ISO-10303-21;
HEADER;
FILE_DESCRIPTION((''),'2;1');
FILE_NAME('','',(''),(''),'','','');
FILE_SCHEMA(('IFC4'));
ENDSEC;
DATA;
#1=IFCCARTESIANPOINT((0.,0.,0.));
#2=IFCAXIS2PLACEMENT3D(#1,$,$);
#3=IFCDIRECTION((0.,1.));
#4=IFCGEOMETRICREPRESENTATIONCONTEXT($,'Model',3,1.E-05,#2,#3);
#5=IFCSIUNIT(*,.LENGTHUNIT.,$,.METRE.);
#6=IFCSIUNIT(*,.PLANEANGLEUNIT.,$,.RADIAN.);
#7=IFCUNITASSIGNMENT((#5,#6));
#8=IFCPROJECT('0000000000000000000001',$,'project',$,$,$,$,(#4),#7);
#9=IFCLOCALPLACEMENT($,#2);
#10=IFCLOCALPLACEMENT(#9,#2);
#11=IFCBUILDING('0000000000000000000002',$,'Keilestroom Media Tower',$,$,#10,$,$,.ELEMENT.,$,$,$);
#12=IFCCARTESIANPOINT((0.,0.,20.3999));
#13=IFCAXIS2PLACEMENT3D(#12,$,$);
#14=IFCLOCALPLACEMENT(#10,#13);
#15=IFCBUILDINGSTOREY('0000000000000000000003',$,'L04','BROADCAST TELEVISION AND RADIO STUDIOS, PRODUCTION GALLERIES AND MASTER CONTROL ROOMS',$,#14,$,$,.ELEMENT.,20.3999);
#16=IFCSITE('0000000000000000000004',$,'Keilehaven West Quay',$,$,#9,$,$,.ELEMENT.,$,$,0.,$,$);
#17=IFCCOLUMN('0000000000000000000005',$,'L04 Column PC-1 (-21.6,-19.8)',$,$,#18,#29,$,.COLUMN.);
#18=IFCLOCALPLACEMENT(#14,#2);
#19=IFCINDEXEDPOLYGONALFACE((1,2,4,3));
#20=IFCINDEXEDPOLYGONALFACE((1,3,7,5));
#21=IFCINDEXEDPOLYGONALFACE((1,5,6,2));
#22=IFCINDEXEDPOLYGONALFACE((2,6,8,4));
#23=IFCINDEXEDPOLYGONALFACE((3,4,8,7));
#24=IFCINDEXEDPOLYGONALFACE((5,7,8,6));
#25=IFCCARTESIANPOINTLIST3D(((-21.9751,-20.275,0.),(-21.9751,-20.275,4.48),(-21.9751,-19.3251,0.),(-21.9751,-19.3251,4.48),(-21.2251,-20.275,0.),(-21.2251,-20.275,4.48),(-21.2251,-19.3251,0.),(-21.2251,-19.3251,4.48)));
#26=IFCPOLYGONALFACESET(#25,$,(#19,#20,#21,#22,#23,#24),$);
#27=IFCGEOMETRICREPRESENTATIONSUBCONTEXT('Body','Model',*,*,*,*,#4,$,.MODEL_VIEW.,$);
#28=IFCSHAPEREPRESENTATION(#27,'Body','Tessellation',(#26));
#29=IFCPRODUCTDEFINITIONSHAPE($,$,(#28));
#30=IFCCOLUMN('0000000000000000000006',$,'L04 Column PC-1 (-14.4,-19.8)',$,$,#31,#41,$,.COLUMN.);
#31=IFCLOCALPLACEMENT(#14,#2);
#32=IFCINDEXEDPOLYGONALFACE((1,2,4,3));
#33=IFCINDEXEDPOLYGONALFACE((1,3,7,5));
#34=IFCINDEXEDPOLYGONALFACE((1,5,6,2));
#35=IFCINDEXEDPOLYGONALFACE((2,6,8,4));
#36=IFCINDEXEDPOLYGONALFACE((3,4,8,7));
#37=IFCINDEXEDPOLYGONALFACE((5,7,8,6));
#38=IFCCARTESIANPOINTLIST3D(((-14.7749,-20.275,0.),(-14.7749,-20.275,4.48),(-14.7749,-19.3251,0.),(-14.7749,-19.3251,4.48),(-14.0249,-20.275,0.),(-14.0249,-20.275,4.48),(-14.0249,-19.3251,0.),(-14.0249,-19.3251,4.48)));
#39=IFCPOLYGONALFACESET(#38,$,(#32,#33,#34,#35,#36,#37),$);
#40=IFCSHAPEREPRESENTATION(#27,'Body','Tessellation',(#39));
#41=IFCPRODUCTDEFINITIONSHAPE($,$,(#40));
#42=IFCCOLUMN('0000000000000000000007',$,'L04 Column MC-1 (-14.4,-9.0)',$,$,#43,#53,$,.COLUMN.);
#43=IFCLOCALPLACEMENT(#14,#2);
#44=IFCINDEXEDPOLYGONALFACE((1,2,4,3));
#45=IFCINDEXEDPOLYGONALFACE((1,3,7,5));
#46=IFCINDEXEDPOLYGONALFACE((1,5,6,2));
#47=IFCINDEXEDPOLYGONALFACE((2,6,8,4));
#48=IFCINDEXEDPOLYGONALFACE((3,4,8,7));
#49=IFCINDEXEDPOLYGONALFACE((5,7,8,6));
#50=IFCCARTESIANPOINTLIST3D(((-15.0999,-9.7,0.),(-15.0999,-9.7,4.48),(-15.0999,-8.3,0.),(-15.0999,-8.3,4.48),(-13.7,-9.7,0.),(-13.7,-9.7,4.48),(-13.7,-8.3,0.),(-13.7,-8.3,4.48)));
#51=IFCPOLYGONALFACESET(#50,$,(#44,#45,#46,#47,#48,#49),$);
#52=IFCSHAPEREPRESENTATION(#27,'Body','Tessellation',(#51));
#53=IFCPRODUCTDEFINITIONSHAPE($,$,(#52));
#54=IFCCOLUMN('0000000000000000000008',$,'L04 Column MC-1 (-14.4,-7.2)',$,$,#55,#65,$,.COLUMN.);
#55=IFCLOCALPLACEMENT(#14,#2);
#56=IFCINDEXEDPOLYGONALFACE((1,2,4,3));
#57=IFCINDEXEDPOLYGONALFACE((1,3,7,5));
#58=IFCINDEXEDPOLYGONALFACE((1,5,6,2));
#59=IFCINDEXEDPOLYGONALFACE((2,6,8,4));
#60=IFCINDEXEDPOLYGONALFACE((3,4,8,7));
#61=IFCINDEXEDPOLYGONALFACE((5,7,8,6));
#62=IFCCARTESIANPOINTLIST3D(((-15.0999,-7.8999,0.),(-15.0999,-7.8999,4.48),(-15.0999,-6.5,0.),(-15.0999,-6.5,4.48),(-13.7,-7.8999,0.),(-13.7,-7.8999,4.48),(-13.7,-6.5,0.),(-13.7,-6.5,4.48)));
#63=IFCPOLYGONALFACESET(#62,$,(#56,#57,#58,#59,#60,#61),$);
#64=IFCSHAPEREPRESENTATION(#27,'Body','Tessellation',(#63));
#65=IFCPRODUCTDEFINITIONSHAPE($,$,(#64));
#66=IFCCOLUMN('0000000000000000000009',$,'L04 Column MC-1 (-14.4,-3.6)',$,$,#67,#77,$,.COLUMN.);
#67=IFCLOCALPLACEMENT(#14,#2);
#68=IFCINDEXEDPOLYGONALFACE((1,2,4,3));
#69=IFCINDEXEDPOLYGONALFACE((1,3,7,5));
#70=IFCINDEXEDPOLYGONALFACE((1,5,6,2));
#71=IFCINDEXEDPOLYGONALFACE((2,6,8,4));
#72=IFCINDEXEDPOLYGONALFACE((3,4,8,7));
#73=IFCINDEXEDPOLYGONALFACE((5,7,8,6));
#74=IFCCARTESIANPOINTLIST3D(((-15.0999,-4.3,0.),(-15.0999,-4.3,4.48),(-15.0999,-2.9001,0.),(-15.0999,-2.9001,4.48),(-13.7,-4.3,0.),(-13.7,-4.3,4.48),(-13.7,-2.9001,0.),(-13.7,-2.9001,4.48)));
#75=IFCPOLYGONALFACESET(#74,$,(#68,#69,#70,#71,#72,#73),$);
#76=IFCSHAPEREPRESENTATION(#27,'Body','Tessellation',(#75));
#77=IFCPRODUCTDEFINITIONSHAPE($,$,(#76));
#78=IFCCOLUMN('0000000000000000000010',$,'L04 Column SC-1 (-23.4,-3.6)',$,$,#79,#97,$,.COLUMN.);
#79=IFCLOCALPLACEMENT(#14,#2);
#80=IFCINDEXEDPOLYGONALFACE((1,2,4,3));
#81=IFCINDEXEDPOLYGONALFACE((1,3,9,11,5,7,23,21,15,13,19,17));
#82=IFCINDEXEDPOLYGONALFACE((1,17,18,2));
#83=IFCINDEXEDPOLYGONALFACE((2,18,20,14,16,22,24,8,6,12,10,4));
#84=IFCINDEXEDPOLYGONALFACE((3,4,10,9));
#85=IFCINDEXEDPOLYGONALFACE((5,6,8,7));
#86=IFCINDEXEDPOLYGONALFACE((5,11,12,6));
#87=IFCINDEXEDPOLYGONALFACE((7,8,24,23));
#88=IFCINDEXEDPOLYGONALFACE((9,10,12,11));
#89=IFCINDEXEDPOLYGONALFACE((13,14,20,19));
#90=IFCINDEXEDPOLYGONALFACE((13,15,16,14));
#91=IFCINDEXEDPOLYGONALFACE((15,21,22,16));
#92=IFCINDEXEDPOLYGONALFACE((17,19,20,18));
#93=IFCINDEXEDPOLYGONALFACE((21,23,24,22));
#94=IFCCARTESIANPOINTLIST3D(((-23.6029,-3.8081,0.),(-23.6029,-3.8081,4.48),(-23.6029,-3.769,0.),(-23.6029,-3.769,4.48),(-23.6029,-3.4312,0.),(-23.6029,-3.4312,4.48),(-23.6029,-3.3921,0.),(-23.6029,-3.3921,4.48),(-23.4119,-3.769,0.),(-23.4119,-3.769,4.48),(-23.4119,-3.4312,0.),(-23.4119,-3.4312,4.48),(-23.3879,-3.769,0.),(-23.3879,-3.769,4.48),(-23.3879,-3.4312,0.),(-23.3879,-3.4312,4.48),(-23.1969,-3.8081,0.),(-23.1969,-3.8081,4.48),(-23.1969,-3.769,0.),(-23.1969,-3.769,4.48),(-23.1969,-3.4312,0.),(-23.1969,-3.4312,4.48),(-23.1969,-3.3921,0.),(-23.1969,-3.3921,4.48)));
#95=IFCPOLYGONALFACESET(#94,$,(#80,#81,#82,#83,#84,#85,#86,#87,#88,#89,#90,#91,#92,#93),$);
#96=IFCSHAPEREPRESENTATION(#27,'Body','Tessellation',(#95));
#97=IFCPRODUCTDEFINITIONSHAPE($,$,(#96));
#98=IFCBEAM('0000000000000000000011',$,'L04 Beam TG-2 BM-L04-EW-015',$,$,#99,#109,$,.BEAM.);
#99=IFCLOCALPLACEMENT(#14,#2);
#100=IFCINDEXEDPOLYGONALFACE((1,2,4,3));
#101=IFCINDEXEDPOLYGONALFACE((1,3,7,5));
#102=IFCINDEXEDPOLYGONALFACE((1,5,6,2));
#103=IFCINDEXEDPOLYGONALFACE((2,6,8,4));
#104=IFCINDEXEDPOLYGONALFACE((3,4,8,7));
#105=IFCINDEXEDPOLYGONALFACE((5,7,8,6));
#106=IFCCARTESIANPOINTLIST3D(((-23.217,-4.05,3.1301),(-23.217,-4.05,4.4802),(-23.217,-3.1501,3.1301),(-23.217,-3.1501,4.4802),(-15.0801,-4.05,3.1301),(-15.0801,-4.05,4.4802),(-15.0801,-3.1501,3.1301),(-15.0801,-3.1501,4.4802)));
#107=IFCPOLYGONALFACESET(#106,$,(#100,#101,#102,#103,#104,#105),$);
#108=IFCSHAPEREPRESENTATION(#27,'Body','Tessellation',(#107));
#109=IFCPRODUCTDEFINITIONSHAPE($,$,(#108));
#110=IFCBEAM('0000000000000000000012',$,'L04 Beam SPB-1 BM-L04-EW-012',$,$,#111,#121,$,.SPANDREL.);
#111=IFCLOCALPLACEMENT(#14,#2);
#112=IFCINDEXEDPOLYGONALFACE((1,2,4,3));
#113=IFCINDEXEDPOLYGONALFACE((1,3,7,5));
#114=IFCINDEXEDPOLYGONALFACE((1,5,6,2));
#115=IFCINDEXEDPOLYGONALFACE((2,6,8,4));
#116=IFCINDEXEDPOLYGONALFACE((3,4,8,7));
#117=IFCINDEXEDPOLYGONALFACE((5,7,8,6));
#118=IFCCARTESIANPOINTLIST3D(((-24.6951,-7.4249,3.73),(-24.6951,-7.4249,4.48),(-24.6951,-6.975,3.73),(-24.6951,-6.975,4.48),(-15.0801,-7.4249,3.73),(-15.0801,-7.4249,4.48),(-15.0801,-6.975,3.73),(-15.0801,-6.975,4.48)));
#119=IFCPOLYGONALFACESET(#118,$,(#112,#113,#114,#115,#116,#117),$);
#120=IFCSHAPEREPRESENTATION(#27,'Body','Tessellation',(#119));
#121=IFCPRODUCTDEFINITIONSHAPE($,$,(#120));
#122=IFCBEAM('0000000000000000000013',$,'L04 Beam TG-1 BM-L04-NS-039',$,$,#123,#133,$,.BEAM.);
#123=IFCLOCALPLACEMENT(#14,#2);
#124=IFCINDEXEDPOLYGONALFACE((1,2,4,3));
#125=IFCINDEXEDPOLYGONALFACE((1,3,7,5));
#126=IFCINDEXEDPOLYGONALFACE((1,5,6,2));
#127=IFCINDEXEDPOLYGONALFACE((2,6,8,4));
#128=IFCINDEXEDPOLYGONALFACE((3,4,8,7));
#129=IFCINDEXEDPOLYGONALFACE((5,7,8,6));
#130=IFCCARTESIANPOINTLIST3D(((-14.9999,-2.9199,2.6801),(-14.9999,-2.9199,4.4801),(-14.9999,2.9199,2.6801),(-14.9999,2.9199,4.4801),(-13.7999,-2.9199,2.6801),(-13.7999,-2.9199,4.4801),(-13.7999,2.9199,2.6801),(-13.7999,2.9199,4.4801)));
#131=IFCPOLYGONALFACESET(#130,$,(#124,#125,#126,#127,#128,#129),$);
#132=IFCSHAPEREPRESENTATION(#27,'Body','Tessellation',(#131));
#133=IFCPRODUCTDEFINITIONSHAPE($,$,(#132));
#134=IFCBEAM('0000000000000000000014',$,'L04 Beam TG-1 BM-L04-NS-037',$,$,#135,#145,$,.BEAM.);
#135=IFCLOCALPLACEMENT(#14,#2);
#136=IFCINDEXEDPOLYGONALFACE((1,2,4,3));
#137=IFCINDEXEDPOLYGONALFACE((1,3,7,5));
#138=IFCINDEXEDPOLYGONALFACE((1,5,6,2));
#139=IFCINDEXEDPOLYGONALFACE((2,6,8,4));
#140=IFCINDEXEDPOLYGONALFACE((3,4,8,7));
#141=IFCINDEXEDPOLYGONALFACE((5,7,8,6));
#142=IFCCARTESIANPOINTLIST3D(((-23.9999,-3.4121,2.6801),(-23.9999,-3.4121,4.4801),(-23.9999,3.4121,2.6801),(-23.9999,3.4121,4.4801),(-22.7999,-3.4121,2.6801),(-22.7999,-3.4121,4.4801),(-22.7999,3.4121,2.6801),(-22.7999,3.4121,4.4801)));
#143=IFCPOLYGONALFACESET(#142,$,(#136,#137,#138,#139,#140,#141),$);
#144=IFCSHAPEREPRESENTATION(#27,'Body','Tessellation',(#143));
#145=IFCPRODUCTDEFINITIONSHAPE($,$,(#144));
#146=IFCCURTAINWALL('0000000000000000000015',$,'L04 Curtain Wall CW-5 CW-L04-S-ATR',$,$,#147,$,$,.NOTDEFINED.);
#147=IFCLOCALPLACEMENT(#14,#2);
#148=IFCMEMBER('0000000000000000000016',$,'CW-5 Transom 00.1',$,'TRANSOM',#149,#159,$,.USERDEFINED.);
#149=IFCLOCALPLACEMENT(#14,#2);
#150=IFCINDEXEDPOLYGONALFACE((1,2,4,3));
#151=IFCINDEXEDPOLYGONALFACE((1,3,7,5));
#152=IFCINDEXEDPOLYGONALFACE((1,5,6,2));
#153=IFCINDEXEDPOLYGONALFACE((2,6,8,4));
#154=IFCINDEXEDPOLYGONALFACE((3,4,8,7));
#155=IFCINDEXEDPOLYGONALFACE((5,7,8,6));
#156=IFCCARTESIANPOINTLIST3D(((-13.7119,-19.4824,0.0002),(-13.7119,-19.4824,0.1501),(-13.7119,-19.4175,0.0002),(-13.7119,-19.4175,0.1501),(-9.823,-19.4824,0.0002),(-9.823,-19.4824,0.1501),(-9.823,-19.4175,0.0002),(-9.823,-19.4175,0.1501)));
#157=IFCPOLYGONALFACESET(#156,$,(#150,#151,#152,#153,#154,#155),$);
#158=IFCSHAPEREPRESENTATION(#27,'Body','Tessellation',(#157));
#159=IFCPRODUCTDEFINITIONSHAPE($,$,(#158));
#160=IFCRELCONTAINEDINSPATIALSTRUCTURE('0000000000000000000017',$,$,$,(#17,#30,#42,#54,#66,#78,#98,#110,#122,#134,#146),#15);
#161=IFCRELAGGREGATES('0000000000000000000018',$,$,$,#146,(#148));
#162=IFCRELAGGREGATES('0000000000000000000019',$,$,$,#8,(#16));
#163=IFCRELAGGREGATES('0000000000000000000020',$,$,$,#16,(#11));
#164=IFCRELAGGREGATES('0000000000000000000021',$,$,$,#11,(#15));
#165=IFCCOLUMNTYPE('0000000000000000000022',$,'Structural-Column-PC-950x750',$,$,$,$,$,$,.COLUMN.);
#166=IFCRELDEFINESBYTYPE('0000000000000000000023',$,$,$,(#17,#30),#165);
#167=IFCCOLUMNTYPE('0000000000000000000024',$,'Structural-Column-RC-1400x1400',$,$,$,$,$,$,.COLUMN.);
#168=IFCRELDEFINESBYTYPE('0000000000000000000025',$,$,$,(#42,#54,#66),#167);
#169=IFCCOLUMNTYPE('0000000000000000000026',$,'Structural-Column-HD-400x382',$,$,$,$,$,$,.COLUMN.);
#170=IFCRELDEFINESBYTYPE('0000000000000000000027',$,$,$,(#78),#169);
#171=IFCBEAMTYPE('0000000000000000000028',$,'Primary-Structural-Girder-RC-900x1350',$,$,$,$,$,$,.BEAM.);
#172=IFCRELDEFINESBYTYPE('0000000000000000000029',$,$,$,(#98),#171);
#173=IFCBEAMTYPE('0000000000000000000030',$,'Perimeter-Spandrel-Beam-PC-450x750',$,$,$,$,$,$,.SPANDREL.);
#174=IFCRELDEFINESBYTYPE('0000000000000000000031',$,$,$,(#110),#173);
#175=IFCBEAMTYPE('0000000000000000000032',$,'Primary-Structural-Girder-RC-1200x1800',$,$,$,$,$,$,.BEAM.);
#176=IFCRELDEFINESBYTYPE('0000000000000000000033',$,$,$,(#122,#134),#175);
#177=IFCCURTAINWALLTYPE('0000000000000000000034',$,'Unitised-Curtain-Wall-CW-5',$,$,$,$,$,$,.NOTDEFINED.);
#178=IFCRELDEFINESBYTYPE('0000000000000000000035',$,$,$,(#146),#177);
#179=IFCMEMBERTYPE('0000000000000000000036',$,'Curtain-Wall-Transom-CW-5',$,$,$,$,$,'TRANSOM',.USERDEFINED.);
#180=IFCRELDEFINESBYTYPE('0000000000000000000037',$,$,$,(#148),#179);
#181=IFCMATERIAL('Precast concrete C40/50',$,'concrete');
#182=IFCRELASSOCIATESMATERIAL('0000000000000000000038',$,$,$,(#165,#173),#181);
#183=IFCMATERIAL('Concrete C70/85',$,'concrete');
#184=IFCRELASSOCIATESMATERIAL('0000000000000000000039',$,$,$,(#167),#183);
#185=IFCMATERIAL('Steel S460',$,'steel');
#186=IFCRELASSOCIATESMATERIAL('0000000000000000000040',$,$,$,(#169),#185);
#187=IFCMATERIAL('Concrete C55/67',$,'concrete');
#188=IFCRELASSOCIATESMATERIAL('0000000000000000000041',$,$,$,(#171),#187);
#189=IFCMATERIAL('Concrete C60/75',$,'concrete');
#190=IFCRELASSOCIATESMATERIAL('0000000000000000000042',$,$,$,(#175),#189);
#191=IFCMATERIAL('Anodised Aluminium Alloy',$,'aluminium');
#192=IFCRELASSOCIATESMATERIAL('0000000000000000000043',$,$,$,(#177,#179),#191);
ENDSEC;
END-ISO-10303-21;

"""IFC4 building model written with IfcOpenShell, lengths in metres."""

from ifc_helpers import new_model, si_unit, direction, frame, origin, origin_2d, place, context, subcontext, project, spatial, rectangle, i_section, extrude, source, transform, mapped, material, material_profile, profile_set, type_object, element, aggregate, save


model = new_model("IFC4")

# Units and contexts
model_context = context("Model", 3, precision=1e-05, world=origin(), true_north=direction((0.0, 1.0)))
body_context = subcontext(model_context, "Body", "Model", "MODEL_VIEW")
ifc_project = project(units=[si_unit("LENGTHUNIT", "METRE"), si_unit("PLANEANGLEUNIT", "RADIAN")], contexts=[model_context])

# Site, building, storey
site_placement = place(None, origin())
site = spatial("IfcSite", under=ifc_project, at=site_placement, Name="Keilehaven West Quay", CompositionType="ELEMENT", RefElevation=0.0)
building_placement = place(site_placement, origin())
building = spatial("IfcBuilding", under=site, at=building_placement, Name="Keilestroom Media Tower", CompositionType="ELEMENT")
storey_placement = place(building_placement, frame((0.0, 0.0, 20.3999)))
storey = spatial("IfcBuildingStorey", under=building, at=storey_placement, Name="L04", Description="BROADCAST TELEVISION AND RADIO STUDIOS, PRODUCTION GALLERIES AND MASTER CONTROL ROOMS", CompositionType="ELEMENT", Elevation=20.3999)

# Columns
ifc_material_1 = material(Name="Precast concrete C40/50", Category="concrete")
ifc_material_profile_1 = material_profile(ifc_material_1, rectangle(XDim=0.75, YDim=0.95, at=origin_2d()), Name="PC 950x750")
ifc_profile_set_1 = profile_set([ifc_material_profile_1], Name="Precast concrete C40/50")
column_type_1 = type_object("IfcColumnType", Name="Structural-Column-PC-950x750", PredefinedType="COLUMN", material=ifc_profile_set_1)
shared_shape_1 = source(origin(), body_context, "Body", "SweptSolid", [
    extrude(rectangle(XDim=0.75, YDim=0.95, at=origin_2d()), origin(), (0.0, 0.0, 1.0), 4.48),
])
for number, where, z_axis, x_axis, name in (
    (1, (-21.6001, -19.8, 0.0), (0.0, 0.0, 1.0), (1.0, 0.0, 0.0), "L04 Column PC-1 (-21.6,-19.8)"),
    (2, (-14.3999, -19.8, 0.0), (0.0, 0.0, 1.0), (1.0, 0.0, 0.0), "L04 Column PC-1 (-14.4,-19.8)"),
):
    element("IfcColumn", number, at=place(storey_placement, frame(where, z_axis=z_axis, x_axis=x_axis)), inside=storey, type_object=column_type_1, Name=name, PredefinedType="COLUMN", context=body_context, shape_type="MappedRepresentation", body=[
        mapped(shared_shape_1, transform((0.0, 0.0, 0.0), x_axis=(1.0, 0.0, 0.0), y_axis=(0.0, 1.0, 0.0), z_axis=(0.0, 0.0, 1.0), scale=1.0)),
    ])
ifc_material_2 = material(Name="Concrete C70/85", Category="concrete")
ifc_material_profile_2 = material_profile(ifc_material_2, rectangle(XDim=1.3999, YDim=1.3999, at=origin_2d()), Name="RC 1400x1400")
ifc_profile_set_2 = profile_set([ifc_material_profile_2], Name="Concrete C70/85")
column_type_2 = type_object("IfcColumnType", Name="Structural-Column-RC-1400x1400", PredefinedType="COLUMN", material=ifc_profile_set_2)
shared_shape_2 = source(origin(), body_context, "Body", "SweptSolid", [
    extrude(rectangle(XDim=1.3999, YDim=1.3999, at=origin_2d()), origin(), (0.0, 0.0, 1.0), 4.48),
])
for number, where, z_axis, x_axis, name in (
    (3, (-14.3999, -9.0, 0.0), (0.0, 0.0, 1.0), (1.0, 0.0, 0.0), "L04 Column MC-1 (-14.4,-9.0)"),
    (4, (-14.3999, -7.2, 0.0), (0.0, 0.0, 1.0), (1.0, 0.0, 0.0), "L04 Column MC-1 (-14.4,-7.2)"),
    (5, (-14.3999, -3.6001, 0.0), (0.0, 0.0, 1.0), (1.0, 0.0, 0.0), "L04 Column MC-1 (-14.4,-3.6)"),
):
    element("IfcColumn", number, at=place(storey_placement, frame(where, z_axis=z_axis, x_axis=x_axis)), inside=storey, type_object=column_type_2, Name=name, PredefinedType="COLUMN", context=body_context, shape_type="MappedRepresentation", body=[
        mapped(shared_shape_2, transform((0.0, 0.0, 0.0), x_axis=(1.0, 0.0, 0.0), y_axis=(0.0, 1.0, 0.0), z_axis=(0.0, 0.0, 1.0), scale=1.0)),
    ])
ifc_material_3 = material(Name="Steel S460", Category="steel")
ifc_material_profile_3 = material_profile(ifc_material_3, i_section(OverallWidth=0.406, OverallDepth=0.416, WebThickness=0.0239, FlangeThickness=0.0391, at=origin_2d()), Name="HD 400x382")
ifc_profile_set_3 = profile_set([ifc_material_profile_3], Name="Steel S460")
column_type_3 = type_object("IfcColumnType", Name="Structural-Column-HD-400x382", PredefinedType="COLUMN", material=ifc_profile_set_3)
shared_shape_3 = source(origin(), body_context, "Body", "SweptSolid", [
    extrude(i_section(OverallWidth=0.406, OverallDepth=0.416, WebThickness=0.0239, FlangeThickness=0.0391, at=origin_2d()), origin(), (0.0, 0.0, 1.0), 4.48),
])
column_placement = place(storey_placement, frame((-23.3999, -3.6001, 0.0), z_axis=(0.0, 0.0, 1.0), x_axis=(1.0, 0.0, 0.0)))
element("IfcColumn", 6, at=column_placement, inside=storey, type_object=column_type_3, Name="L04 Column SC-1 (-23.4,-3.6)", PredefinedType="COLUMN", context=body_context, shape_type="MappedRepresentation", body=[
    mapped(shared_shape_3, transform((0.0, 0.0, 0.0), x_axis=(1.0, 0.0, 0.0), y_axis=(0.0, 1.0, 0.0), z_axis=(0.0, 0.0, 1.0), scale=1.0)),
])

# Beams
ifc_material_4 = material(Name="Concrete C55/67", Category="concrete")
ifc_material_profile_4 = material_profile(ifc_material_4, rectangle(XDim=0.8999, YDim=1.3501, at=origin_2d()), Name="RC 900x1350")
ifc_profile_set_4 = profile_set([ifc_material_profile_4], Name="Concrete C55/67")
beam_type_1 = type_object("IfcBeamType", Name="Primary-Structural-Girder-RC-900x1350", PredefinedType="BEAM", material=ifc_profile_set_4)
shared_shape_4 = source(origin(), body_context, "Body", "SweptSolid", [
    extrude(rectangle(XDim=0.8999, YDim=1.3501, at=origin_2d()), origin(), (0.0, 0.0, 1.0), 8.137),
])
beam_1_placement = place(storey_placement, frame((-23.217, -3.6001, 3.8052), z_axis=(1.0, 0.0, 0.0), x_axis=(0.0, 1.0, 0.0)))
element("IfcBeam", 7, at=beam_1_placement, inside=storey, type_object=beam_type_1, Name="L04 Beam TG-2 BM-L04-EW-015", PredefinedType="BEAM", context=body_context, shape_type="MappedRepresentation", body=[
    mapped(shared_shape_4, transform((0.0, 0.0, 0.0), x_axis=(1.0, 0.0, 0.0), y_axis=(0.0, 1.0, 0.0), z_axis=(0.0, 0.0, 1.0), scale=1.0)),
])
ifc_material_profile_5 = material_profile(ifc_material_1, rectangle(XDim=0.45, YDim=0.75, at=origin_2d()), Name="PC 450x750")
ifc_profile_set_5 = profile_set([ifc_material_profile_5], Name="Precast concrete C40/50")
beam_type_2 = type_object("IfcBeamType", Name="Perimeter-Spandrel-Beam-PC-450x750", PredefinedType="SPANDREL", material=ifc_profile_set_5)
shared_shape_5 = source(origin(), body_context, "Body", "SweptSolid", [
    extrude(rectangle(XDim=0.45, YDim=0.75, at=origin_2d()), origin(), (0.0, 0.0, 1.0), 9.615),
])
beam_2_placement = place(storey_placement, frame((-24.6951, -7.2, 4.105), z_axis=(1.0, 0.0, 0.0), x_axis=(0.0, 1.0, 0.0)))
element("IfcBeam", 8, at=beam_2_placement, inside=storey, type_object=beam_type_2, Name="L04 Beam SPB-1 BM-L04-EW-012", PredefinedType="SPANDREL", context=body_context, shape_type="MappedRepresentation", body=[
    mapped(shared_shape_5, transform((0.0, 0.0, 0.0), x_axis=(1.0, 0.0, 0.0), y_axis=(0.0, 1.0, 0.0), z_axis=(0.0, 0.0, 1.0), scale=1.0)),
])
ifc_material_5 = material(Name="Concrete C60/75", Category="concrete")
ifc_material_profile_6 = material_profile(ifc_material_5, rectangle(XDim=1.2, YDim=1.8, at=origin_2d()), Name="RC 1200x1800")
ifc_profile_set_6 = profile_set([ifc_material_profile_6], Name="Concrete C60/75")
beam_type_3 = type_object("IfcBeamType", Name="Primary-Structural-Girder-RC-1200x1800", PredefinedType="BEAM", material=ifc_profile_set_6)
shared_shape_6 = source(origin(), body_context, "Body", "SweptSolid", [
    extrude(rectangle(XDim=1.2, YDim=1.8, at=origin_2d()), origin(), (0.0, 0.0, 1.0), 5.8398),
])
beam_3_placement = place(storey_placement, frame((-14.3999, -2.9199, 3.5801), z_axis=(0.0, 1.0, 0.0), x_axis=(-1.0, 0.0, 0.0)))
element("IfcBeam", 9, at=beam_3_placement, inside=storey, type_object=beam_type_3, Name="L04 Beam TG-1 BM-L04-NS-039", PredefinedType="BEAM", context=body_context, shape_type="MappedRepresentation", body=[
    mapped(shared_shape_6, transform((0.0, 0.0, 0.0), x_axis=(1.0, 0.0, 0.0), y_axis=(0.0, 1.0, 0.0), z_axis=(0.0, 0.0, 1.0), scale=1.0)),
])
shared_shape_7 = source(origin(), body_context, "Body", "SweptSolid", [
    extrude(rectangle(XDim=1.2, YDim=1.8, at=origin_2d()), origin(), (0.0, 0.0, 1.0), 6.8242),
])
beam_4_placement = place(storey_placement, frame((-23.3999, -3.4121, 3.5801), z_axis=(0.0, 1.0, 0.0), x_axis=(-1.0, 0.0, 0.0)))
element("IfcBeam", 10, at=beam_4_placement, inside=storey, type_object=beam_type_3, Name="L04 Beam TG-1 BM-L04-NS-037", PredefinedType="BEAM", context=body_context, shape_type="MappedRepresentation", body=[
    mapped(shared_shape_7, transform((0.0, 0.0, 0.0), x_axis=(1.0, 0.0, 0.0), y_axis=(0.0, 1.0, 0.0), z_axis=(0.0, 0.0, 1.0), scale=1.0)),
])

# Curtain wall, member
ifc_material_6 = material(Name="Anodised Aluminium Alloy", Category="aluminium")
curtain_wall_type = type_object("IfcCurtainWallType", Name="Unitised-Curtain-Wall-CW-5", PredefinedType="NOTDEFINED", material=ifc_material_6)
curtain_wall_placement = place(storey_placement, origin())
curtain_wall = element("IfcCurtainWall", 11, at=curtain_wall_placement, inside=storey, type_object=curtain_wall_type, Name="L04 Curtain Wall CW-5 CW-L04-S-ATR", PredefinedType="NOTDEFINED")
ifc_material_profile_7 = material_profile(ifc_material_6, rectangle(XDim=0.0649, YDim=0.1499, at=origin_2d()), Name="ALU TRANSOM 65x150")
ifc_profile_set_7 = profile_set([ifc_material_profile_7], Name="Anodised Aluminium Alloy")
member_type_1 = type_object("IfcMemberType", Name="Curtain-Wall-Transom-CW-5", ElementType="TRANSOM", PredefinedType="USERDEFINED", material=ifc_profile_set_7)
shared_shape_8 = source(origin(), body_context, "Body", "SweptSolid", [
    extrude(rectangle(XDim=0.0649, YDim=0.1499, at=origin_2d()), origin(), (0.0, 0.0, 1.0), 3.8889),
])
member_1_placement = place(storey_placement, frame((-13.7119, -19.45, 0.0752), z_axis=(1.0, 0.0, 0.0), x_axis=(0.0, 1.0, 0.0)))
member_1 = element("IfcMember", 12, at=member_1_placement, type_object=member_type_1, Name="CW-5 Transom 00.1", ObjectType="TRANSOM", PredefinedType="USERDEFINED", context=body_context, shape_type="MappedRepresentation", body=[
    mapped(shared_shape_8, transform((0.0, 0.0, 0.0), x_axis=(1.0, 0.0, 0.0), y_axis=(0.0, 1.0, 0.0), z_axis=(0.0, 0.0, 1.0), scale=1.0)),
])
aggregate(curtain_wall, [member_1])

save(model, "model.ifc")
